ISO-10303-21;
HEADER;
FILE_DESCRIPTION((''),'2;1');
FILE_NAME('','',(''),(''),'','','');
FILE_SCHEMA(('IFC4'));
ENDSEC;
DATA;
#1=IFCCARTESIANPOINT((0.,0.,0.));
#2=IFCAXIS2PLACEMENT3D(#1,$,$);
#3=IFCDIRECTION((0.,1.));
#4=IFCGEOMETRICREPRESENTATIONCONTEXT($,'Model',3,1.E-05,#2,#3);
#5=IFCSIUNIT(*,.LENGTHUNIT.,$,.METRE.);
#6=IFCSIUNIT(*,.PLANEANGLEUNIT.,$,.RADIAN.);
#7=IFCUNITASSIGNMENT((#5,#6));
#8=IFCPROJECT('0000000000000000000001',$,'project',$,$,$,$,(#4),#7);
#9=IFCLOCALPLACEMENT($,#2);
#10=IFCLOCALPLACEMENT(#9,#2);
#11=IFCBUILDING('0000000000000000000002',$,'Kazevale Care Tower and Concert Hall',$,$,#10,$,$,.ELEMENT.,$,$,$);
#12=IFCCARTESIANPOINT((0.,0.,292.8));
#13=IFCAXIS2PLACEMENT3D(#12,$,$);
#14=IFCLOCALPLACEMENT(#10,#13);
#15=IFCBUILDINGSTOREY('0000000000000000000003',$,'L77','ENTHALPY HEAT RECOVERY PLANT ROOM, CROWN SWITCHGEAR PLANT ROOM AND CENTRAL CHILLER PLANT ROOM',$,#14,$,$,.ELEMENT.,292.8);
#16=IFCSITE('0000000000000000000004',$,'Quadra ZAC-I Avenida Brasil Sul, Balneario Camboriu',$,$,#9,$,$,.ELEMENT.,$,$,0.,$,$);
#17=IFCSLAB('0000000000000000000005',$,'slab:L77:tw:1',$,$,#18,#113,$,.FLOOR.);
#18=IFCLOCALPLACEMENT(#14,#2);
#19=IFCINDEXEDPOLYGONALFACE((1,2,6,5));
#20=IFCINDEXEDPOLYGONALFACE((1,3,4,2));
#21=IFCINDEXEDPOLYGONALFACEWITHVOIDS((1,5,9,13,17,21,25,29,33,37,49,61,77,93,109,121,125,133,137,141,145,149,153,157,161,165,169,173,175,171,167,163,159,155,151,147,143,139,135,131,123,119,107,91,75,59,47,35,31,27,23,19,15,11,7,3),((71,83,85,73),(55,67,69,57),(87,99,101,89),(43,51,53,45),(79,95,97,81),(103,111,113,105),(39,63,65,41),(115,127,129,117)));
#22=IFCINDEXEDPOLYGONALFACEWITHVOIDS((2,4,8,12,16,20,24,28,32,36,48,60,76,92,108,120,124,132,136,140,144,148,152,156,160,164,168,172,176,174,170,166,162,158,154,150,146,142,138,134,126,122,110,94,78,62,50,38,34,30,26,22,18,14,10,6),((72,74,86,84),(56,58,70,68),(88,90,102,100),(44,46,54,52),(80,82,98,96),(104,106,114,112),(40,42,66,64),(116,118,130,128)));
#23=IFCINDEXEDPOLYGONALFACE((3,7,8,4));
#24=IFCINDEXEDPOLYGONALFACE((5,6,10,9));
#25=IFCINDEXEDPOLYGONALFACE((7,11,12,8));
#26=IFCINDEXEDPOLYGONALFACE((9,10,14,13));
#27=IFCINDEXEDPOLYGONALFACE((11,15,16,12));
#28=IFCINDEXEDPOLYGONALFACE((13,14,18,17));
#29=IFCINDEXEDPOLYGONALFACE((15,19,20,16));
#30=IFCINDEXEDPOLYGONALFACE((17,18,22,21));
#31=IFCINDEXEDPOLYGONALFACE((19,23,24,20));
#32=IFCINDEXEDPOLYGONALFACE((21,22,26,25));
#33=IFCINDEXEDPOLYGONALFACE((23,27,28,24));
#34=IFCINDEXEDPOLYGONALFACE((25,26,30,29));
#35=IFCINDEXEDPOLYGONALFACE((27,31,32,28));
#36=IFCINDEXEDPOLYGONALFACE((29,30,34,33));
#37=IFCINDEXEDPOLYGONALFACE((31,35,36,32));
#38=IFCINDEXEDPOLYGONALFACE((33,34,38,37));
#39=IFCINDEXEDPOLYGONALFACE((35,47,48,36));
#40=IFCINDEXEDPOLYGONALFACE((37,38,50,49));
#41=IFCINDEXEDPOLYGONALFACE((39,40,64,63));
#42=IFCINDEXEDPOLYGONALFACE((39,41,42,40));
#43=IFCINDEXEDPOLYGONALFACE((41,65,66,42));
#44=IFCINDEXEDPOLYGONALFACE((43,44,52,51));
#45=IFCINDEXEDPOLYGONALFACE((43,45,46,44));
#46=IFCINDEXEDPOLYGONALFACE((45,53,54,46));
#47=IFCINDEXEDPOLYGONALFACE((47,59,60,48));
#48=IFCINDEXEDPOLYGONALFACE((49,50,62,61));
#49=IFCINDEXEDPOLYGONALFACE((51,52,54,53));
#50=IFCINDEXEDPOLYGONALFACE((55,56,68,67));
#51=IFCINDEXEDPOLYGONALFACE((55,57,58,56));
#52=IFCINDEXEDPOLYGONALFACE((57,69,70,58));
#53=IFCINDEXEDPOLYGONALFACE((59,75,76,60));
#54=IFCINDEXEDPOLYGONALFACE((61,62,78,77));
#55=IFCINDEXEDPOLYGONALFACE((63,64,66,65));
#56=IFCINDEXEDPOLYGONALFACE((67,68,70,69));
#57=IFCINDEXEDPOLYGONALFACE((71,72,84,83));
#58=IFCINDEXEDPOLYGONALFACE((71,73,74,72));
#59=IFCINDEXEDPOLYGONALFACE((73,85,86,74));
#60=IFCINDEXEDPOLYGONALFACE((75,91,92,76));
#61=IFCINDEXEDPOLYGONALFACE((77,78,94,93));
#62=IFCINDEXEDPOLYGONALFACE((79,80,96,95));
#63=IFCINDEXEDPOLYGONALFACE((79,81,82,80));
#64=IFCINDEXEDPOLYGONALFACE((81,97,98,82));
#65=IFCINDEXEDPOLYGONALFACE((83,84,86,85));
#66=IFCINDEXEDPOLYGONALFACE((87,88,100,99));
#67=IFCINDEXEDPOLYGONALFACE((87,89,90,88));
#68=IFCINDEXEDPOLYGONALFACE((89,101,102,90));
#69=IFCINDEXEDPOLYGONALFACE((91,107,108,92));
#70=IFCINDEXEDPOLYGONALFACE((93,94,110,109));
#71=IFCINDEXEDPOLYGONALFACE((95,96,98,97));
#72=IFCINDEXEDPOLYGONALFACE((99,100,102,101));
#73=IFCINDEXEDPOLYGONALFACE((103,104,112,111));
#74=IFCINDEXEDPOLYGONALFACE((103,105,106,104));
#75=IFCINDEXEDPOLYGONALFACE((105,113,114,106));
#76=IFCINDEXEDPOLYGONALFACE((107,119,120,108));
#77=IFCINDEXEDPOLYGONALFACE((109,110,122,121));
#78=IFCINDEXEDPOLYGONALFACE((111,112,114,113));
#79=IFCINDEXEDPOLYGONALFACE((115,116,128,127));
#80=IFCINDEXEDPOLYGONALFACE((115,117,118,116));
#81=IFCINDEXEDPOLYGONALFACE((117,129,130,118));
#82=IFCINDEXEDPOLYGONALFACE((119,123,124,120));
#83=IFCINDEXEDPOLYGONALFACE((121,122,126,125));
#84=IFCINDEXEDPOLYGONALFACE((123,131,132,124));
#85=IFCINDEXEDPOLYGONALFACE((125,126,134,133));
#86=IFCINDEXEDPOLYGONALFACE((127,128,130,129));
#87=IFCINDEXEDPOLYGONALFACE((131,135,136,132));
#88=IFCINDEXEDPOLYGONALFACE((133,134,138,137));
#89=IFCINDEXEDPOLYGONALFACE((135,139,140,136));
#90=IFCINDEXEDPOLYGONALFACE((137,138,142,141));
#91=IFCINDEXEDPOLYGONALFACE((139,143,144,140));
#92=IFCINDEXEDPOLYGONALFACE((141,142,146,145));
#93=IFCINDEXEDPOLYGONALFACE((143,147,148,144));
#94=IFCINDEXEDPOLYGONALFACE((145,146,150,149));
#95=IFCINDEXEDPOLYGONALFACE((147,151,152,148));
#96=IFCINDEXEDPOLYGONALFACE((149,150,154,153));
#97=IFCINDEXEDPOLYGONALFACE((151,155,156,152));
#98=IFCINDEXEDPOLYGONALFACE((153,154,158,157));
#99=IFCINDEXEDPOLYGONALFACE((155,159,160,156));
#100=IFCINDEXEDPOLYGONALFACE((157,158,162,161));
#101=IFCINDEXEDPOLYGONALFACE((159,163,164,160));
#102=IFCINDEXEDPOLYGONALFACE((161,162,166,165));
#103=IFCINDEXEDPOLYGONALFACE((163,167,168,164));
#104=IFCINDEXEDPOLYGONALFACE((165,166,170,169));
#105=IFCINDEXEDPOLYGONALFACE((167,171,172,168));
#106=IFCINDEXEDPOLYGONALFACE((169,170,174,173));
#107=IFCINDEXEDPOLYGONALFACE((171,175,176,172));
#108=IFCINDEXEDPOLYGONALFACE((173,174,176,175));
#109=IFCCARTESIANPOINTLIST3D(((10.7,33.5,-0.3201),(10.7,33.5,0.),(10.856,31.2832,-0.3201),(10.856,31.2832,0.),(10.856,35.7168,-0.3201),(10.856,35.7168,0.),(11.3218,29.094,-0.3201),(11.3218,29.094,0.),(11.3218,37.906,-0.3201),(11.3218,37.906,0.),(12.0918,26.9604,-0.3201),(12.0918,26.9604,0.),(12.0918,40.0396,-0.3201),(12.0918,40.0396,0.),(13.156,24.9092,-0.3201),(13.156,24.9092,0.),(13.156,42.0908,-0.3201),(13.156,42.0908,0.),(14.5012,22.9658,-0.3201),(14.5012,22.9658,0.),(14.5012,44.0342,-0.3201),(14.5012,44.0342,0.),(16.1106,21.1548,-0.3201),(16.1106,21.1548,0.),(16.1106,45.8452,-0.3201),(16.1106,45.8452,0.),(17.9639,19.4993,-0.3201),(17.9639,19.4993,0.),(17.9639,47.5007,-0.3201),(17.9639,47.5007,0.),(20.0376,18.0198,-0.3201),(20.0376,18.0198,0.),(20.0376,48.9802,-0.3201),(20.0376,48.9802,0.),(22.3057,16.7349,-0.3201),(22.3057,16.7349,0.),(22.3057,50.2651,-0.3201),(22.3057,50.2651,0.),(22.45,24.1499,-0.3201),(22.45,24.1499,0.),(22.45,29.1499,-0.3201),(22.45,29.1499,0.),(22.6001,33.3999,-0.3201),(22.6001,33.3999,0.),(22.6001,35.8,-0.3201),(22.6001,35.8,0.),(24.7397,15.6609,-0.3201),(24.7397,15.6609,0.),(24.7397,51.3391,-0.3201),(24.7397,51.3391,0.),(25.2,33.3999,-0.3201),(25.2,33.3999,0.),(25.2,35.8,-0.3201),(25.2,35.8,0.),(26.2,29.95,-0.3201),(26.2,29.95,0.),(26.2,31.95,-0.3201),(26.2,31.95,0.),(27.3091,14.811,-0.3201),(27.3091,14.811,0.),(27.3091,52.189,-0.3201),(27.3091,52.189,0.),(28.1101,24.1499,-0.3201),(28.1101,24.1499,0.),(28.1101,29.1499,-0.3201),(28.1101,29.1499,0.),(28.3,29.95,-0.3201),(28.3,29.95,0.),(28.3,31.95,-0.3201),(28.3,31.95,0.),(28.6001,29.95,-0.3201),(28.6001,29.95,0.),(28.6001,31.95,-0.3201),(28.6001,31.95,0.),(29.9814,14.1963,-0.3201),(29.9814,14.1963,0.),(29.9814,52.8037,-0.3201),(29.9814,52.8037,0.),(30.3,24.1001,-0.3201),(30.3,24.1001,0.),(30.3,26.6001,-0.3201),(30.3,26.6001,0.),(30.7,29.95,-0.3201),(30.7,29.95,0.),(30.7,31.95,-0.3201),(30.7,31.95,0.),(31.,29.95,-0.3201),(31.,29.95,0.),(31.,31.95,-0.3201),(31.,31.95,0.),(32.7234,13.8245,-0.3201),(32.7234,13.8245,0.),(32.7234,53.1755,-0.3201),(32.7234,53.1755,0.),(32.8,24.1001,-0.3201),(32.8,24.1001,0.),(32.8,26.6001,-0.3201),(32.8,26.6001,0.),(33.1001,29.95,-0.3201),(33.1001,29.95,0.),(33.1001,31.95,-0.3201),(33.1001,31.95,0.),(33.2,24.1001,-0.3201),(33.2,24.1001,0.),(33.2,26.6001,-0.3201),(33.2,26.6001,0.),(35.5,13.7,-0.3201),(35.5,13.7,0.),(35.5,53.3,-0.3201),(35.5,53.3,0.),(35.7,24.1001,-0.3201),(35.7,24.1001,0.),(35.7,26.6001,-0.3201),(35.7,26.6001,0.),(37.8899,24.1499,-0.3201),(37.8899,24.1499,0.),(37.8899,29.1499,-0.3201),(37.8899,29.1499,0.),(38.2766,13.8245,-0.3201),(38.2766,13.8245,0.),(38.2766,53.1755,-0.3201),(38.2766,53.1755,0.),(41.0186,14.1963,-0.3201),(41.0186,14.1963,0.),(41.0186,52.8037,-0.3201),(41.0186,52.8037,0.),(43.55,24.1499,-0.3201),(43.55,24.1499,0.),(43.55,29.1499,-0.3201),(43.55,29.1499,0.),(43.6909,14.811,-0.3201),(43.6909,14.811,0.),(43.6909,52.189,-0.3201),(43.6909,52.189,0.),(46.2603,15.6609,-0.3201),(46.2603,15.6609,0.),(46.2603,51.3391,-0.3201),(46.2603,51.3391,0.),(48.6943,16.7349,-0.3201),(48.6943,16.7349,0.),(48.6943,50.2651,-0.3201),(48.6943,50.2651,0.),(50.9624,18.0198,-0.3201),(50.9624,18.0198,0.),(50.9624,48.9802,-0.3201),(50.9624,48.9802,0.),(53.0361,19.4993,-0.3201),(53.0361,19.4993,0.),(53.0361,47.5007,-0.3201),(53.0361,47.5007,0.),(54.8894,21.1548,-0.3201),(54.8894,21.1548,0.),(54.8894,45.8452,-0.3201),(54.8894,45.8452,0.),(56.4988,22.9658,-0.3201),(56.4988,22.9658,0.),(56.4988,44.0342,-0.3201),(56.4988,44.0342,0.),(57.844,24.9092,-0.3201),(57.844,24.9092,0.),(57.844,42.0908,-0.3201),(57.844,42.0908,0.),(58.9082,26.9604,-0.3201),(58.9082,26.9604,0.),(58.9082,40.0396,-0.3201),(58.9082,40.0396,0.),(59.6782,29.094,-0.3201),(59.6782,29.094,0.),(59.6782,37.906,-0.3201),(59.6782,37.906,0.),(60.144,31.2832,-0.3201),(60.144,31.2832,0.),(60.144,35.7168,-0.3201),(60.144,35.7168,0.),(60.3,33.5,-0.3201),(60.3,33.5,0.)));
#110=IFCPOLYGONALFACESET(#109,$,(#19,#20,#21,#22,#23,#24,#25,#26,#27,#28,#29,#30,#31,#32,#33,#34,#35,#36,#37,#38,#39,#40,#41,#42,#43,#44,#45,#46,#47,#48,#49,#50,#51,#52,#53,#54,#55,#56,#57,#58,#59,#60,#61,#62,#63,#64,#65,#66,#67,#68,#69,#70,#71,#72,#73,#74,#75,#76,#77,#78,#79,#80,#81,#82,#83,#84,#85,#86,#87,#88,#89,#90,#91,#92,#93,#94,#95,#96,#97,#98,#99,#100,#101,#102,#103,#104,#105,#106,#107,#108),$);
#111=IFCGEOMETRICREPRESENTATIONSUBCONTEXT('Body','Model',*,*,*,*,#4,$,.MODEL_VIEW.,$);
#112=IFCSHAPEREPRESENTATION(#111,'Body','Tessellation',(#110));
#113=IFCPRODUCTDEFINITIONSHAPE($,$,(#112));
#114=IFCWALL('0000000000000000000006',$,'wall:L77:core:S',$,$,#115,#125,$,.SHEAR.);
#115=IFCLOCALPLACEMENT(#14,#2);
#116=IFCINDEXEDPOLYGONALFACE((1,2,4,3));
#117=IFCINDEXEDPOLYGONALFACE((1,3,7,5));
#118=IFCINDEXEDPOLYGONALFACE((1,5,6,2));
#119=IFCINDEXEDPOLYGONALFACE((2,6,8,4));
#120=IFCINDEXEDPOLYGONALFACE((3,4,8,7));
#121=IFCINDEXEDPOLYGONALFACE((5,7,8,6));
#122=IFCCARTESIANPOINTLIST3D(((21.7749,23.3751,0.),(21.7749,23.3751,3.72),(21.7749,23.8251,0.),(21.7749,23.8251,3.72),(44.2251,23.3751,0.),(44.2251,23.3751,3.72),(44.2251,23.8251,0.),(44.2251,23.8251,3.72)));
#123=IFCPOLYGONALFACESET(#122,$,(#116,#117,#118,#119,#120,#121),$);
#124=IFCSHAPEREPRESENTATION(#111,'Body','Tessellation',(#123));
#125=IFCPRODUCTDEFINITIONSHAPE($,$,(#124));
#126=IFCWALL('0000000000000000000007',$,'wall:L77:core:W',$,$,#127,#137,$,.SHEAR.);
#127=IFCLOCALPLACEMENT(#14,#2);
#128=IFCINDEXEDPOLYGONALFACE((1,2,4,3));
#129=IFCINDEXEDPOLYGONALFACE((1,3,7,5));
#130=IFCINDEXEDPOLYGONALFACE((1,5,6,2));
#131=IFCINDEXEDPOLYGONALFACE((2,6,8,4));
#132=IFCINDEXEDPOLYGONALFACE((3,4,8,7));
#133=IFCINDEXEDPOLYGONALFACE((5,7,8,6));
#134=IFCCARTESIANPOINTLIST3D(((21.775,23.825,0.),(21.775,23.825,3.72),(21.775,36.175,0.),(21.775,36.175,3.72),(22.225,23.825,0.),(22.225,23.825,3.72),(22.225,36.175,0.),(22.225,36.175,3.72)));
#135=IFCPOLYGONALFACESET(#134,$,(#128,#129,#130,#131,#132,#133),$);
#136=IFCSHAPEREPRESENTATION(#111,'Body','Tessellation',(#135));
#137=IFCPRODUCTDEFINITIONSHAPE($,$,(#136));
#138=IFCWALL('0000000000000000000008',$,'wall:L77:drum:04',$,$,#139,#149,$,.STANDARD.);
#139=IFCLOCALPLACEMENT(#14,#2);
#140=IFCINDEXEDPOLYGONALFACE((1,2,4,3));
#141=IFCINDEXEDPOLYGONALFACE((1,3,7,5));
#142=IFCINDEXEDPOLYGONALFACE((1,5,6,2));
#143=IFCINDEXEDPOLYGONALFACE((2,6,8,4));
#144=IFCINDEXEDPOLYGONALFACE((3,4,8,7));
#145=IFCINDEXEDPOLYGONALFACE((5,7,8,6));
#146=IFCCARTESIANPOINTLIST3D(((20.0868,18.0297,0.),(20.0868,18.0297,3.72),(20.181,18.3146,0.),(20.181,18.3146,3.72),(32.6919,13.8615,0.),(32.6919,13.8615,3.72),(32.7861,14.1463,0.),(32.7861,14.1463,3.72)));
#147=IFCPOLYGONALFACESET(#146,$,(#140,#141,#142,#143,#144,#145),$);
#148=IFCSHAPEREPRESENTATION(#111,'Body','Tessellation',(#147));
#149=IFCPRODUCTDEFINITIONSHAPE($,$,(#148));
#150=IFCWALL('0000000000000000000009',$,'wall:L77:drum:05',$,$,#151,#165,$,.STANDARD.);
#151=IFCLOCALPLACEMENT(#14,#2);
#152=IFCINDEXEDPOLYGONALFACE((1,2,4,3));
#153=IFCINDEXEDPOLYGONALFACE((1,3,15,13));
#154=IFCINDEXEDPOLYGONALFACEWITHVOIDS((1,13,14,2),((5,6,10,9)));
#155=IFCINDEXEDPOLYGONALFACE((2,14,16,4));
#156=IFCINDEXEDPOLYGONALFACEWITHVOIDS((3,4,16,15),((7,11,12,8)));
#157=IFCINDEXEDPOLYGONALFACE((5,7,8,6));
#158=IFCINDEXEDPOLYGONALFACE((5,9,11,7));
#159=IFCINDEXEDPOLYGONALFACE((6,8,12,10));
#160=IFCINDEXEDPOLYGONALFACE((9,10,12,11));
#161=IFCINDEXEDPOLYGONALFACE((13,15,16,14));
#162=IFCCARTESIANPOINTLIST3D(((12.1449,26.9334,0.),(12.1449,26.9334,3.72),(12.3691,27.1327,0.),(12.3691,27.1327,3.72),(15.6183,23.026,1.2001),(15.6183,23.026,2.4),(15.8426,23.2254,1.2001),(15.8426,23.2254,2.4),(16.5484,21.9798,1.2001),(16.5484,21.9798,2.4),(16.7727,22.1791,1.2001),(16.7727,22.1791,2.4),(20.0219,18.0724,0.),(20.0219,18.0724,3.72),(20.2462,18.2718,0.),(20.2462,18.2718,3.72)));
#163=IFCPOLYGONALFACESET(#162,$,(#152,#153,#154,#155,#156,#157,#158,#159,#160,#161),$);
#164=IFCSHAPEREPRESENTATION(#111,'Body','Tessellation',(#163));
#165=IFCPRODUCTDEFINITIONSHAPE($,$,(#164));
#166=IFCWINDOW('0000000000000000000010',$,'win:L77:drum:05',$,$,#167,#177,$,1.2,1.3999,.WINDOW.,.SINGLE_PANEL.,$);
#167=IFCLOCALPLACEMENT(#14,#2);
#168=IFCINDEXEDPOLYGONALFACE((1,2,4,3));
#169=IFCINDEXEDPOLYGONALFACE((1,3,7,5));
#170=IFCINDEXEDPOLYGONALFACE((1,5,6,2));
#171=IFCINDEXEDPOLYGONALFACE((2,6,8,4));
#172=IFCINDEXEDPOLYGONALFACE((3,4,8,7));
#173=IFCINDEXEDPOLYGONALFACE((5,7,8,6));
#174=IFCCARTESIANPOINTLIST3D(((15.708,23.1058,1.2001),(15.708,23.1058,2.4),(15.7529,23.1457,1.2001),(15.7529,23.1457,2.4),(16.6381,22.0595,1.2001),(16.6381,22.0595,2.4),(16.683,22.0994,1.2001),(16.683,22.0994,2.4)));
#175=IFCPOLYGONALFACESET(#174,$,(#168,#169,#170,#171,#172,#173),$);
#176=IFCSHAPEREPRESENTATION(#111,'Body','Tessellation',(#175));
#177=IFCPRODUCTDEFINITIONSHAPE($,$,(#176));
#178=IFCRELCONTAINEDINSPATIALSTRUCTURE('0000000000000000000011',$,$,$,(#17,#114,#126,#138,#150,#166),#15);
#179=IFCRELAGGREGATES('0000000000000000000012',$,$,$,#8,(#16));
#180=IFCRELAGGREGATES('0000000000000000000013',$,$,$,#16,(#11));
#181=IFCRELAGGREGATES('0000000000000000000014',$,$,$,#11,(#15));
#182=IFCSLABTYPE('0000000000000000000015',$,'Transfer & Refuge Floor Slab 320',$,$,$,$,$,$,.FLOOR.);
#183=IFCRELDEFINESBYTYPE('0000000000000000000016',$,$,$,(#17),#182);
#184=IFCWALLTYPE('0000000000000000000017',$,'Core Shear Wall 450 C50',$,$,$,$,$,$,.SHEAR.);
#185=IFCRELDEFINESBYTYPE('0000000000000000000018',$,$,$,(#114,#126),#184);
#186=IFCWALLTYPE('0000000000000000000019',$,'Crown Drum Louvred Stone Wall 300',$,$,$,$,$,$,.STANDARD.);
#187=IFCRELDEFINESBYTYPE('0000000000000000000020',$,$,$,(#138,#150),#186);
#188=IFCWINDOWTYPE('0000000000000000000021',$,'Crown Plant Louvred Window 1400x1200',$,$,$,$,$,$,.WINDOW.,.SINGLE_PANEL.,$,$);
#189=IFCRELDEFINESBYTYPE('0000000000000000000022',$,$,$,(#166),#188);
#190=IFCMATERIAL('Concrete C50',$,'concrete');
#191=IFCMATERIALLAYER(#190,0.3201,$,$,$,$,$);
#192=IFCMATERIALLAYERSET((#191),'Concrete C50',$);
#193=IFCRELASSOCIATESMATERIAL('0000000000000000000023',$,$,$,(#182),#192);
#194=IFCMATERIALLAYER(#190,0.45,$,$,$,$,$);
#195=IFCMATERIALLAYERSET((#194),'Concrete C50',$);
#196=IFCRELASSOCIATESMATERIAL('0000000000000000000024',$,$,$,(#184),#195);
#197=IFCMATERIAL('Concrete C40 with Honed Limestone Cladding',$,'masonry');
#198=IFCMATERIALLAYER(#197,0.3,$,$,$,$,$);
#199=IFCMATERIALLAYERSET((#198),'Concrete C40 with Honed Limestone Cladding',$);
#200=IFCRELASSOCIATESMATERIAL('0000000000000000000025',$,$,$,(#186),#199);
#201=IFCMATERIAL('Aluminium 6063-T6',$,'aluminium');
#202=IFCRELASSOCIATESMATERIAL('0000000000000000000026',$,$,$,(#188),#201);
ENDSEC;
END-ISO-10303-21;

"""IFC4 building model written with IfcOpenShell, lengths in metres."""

from ifc_helpers import new_model, si_unit, direction, frame, frame_2d, origin, place, context, subcontext, project, spatial, polyline, rectangle, outline, extrude, material, layer, layer_set, type_object, element, fill, save


model = new_model("IFC4")

# Units and contexts
model_context = context("Model", 3, precision=1e-05, world=origin(), true_north=direction((0.0, 1.0)))
body_context = subcontext(model_context, "Body", "Model", "MODEL_VIEW")
ifc_project = project(units=[si_unit("LENGTHUNIT", "METRE"), si_unit("PLANEANGLEUNIT", "RADIAN")], contexts=[model_context])

# Site, building, storey
site_placement = place(None, origin())
site = spatial("IfcSite", under=ifc_project, at=site_placement, Name="Quadra ZAC-I Avenida Brasil Sul, Balneario Camboriu", CompositionType="ELEMENT", RefElevation=0.0)
building_placement = place(site_placement, origin())
building = spatial("IfcBuilding", under=site, at=building_placement, Name="Kazevale Care Tower and Concert Hall", CompositionType="ELEMENT")
storey_placement = place(building_placement, frame((0.0, 0.0, 292.8)))
storey = spatial("IfcBuildingStorey", under=building, at=storey_placement, Name="L77", Description="ENTHALPY HEAT RECOVERY PLANT ROOM, CROWN SWITCHGEAR PLANT ROOM AND CENTRAL CHILLER PLANT ROOM", CompositionType="ELEMENT", Elevation=292.8)

# Shared definitions
ifc_material_1 = material(Name="Concrete C50", Category="concrete")

# Slab
ifc_layer_1 = layer(ifc_material_1, 0.3201)
ifc_layer_set_1 = layer_set([ifc_layer_1], Name="Concrete C50")
slab_type_1 = type_object("IfcSlabType", Name="Transfer & Refuge Floor Slab 320", PredefinedType="FLOOR", material=ifc_layer_set_1)
slab_1_placement = place(storey_placement, frame((0.0, 0.0, -0.3201)))
element("IfcSlab", 1, at=slab_1_placement, inside=storey, type_object=slab_type_1, Name="slab:L77:tw:1", PredefinedType="FLOOR", context=body_context, shape_type="SweptSolid", body=[
    extrude(outline(polyline([(60.3, 33.5), (60.144, 35.7168), (59.6782, 37.906), (58.9082, 40.0396), (57.844, 42.0908), (56.4988, 44.0342), (54.8894, 45.8452), (53.0361, 47.5007), (50.9624, 48.9802), (48.6943, 50.2651), (46.2603, 51.3391), (43.6909, 52.189), (41.0186, 52.8037), (38.2766, 53.1755), (35.5, 53.3), (32.7234, 53.1755), (29.9814, 52.8037), (27.3091, 52.189), (24.7397, 51.3391), (22.3057, 50.2651), (20.0376, 48.9802), (17.9639, 47.5007), (16.1106, 45.8452), (14.5012, 44.0342), (13.156, 42.0908), (12.0918, 40.0396), (11.3218, 37.906), (10.856, 35.7168), (10.7, 33.5), (10.856, 31.2832), (11.3218, 29.094), (12.0918, 26.9604), (13.156, 24.9092), (14.5012, 22.9658), (16.1106, 21.1548), (17.9639, 19.4993), (20.0376, 18.0198), (22.3057, 16.7349), (24.7397, 15.6609), (27.3091, 14.811), (29.9814, 14.1963), (32.7234, 13.8245), (35.5, 13.7), (38.2766, 13.8245), (41.0186, 14.1963), (43.6909, 14.811), (46.2603, 15.6609), (48.6943, 16.7349), (50.9624, 18.0198), (53.0361, 19.4993), (54.8894, 21.1548), (56.4988, 22.9658), (57.844, 24.9092), (58.9082, 26.9604), (59.6782, 29.094), (60.144, 31.2832), (60.3, 33.5)]), holes=[polyline([(22.45, 24.1499), (28.1101, 24.1499), (28.1101, 29.1499), (22.45, 29.1499), (22.45, 24.1499)]), polyline([(37.8899, 24.1499), (43.55, 24.1499), (43.55, 29.1499), (37.8899, 29.1499), (37.8899, 24.1499)]), polyline([(30.3, 24.1001), (32.8, 24.1001), (32.8, 26.6001), (30.3, 26.6001), (30.3, 24.1001)]), polyline([(33.2, 24.1001), (35.7, 24.1001), (35.7, 26.6001), (33.2, 26.6001), (33.2, 24.1001)]), polyline([(22.6001, 33.3999), (25.2, 33.3999), (25.2, 35.8), (22.6001, 35.8), (22.6001, 33.3999)]), polyline([(26.2, 29.95), (28.3, 29.95), (28.3, 31.95), (26.2, 31.95), (26.2, 29.95)]), polyline([(28.6001, 29.95), (30.7, 29.95), (30.7, 31.95), (28.6001, 31.95), (28.6001, 29.95)]), polyline([(31.0, 29.95), (33.1001, 29.95), (33.1001, 31.95), (31.0, 31.95), (31.0, 29.95)])]), origin(), (0.0, 0.0, 1.0), 0.3201),
])

# Walls
ifc_layer_2 = layer(ifc_material_1, 0.45)
ifc_layer_set_2 = layer_set([ifc_layer_2], Name="Concrete C50")
wall_type_1 = type_object("IfcWallType", Name="Core Shear Wall 450 C50", PredefinedType="SHEAR", material=ifc_layer_set_2)
wall_1_placement = place(storey_placement, frame((21.7749, 23.6001, 0.0), z_axis=(0.0, 0.0, 1.0), x_axis=(1.0, 0.0, 0.0)))
element("IfcWall", 2, at=wall_1_placement, inside=storey, type_object=wall_type_1, Name="wall:L77:core:S", PredefinedType="SHEAR", context=body_context, shape_type="SweptSolid", body=[
    extrude(rectangle(XDim=22.4502, YDim=0.45, at=frame_2d((11.2251, 0.0))), origin(), (0.0, 0.0, 1.0), 3.72),
])
wall_2_placement = place(storey_placement, frame((22.0, 23.825, 0.0), z_axis=(0.0, 0.0, 1.0), x_axis=(0.0, 1.0, 0.0)))
element("IfcWall", 3, at=wall_2_placement, inside=storey, type_object=wall_type_1, Name="wall:L77:core:W", PredefinedType="SHEAR", context=body_context, shape_type="SweptSolid", body=[
    extrude(rectangle(XDim=12.3501, YDim=0.45, at=frame_2d((6.175, 0.0))), origin(), (0.0, 0.0, 1.0), 3.72),
])
ifc_material_2 = material(Name="Concrete C40 with Honed Limestone Cladding", Category="masonry")
ifc_layer_3 = layer(ifc_material_2, 0.3)
ifc_layer_set_3 = layer_set([ifc_layer_3], Name="Concrete C40 with Honed Limestone Cladding")
wall_type_2 = type_object("IfcWallType", Name="Crown Drum Louvred Stone Wall 300", PredefinedType="STANDARD", material=ifc_layer_set_3)
wall_3_placement = place(storey_placement, frame((32.739, 14.0039, 0.0), z_axis=(0.0, 0.0, 1.0), x_axis=(-0.949436, 0.313959, 0.0)))
element("IfcWall", 4, at=wall_3_placement, inside=storey, type_object=wall_type_2, Name="wall:L77:drum:04", PredefinedType="STANDARD", context=body_context, shape_type="SweptSolid", body=[
    extrude(rectangle(XDim=13.2764, YDim=0.3, at=frame_2d((6.6382, 0.0))), origin(), (0.0, 0.0, 1.0), 3.72),
])

# Wall, opening, window
wall_4_placement = place(storey_placement, frame((20.134, 18.1721, 0.0), z_axis=(0.0, 0.0, 1.0), x_axis=(-0.664395, 0.747382, 0.0)))
wall_4 = element("IfcWall", 5, at=wall_4_placement, inside=storey, type_object=wall_type_2, Name="wall:L77:drum:05", PredefinedType="STANDARD", context=body_context, shape_type="SweptSolid", body=[
    extrude(rectangle(XDim=11.856, YDim=0.3, at=frame_2d((5.928, 0.0))), origin(), (0.0, 0.0, 1.0), 3.72),
])
opening_1_placement = place(wall_4_placement, frame((5.228, 0.0, 1.2)))
opening_1 = element("IfcOpeningElement", 6, at=opening_1_placement, cuts=wall_4, PredefinedType="OPENING", context=body_context, shape_type="SweptSolid", body=[
    extrude(rectangle(XDim=1.3999, YDim=1.2, at=frame_2d((0.7, 0.6001))), frame((0.0, 0.1599, 0.0), z_axis=(0.0, -1.0, 0.0), x_axis=(1.0, 0.0, 0.0)), (0.0, 0.0, 1.0), 0.3201),
])
ifc_material_3 = material(Name="Aluminium 6063-T6", Category="aluminium")
window_type = type_object("IfcWindowType", Name="Crown Plant Louvred Window 1400x1200", PartitioningType="SINGLE_PANEL", PredefinedType="WINDOW", material=ifc_material_3)
window_placement = place(opening_1_placement, origin())
window = element("IfcWindow", 7, at=window_placement, inside=storey, type_object=window_type, Name="win:L77:drum:05", OverallHeight=1.2, OverallWidth=1.3999, PartitioningType="SINGLE_PANEL", PredefinedType="WINDOW", context=body_context, shape_type="SweptSolid", body=[
    extrude(rectangle(XDim=1.3999, YDim=1.2, at=frame_2d((0.7, 0.6001))), frame((0.0, 0.03, 0.0), z_axis=(0.0, -1.0, 0.0), x_axis=(1.0, 0.0, 0.0)), (0.0, 0.0, 1.0), 0.0601),
])
fill(opening_1, window)

save(model, "model.ifc")
